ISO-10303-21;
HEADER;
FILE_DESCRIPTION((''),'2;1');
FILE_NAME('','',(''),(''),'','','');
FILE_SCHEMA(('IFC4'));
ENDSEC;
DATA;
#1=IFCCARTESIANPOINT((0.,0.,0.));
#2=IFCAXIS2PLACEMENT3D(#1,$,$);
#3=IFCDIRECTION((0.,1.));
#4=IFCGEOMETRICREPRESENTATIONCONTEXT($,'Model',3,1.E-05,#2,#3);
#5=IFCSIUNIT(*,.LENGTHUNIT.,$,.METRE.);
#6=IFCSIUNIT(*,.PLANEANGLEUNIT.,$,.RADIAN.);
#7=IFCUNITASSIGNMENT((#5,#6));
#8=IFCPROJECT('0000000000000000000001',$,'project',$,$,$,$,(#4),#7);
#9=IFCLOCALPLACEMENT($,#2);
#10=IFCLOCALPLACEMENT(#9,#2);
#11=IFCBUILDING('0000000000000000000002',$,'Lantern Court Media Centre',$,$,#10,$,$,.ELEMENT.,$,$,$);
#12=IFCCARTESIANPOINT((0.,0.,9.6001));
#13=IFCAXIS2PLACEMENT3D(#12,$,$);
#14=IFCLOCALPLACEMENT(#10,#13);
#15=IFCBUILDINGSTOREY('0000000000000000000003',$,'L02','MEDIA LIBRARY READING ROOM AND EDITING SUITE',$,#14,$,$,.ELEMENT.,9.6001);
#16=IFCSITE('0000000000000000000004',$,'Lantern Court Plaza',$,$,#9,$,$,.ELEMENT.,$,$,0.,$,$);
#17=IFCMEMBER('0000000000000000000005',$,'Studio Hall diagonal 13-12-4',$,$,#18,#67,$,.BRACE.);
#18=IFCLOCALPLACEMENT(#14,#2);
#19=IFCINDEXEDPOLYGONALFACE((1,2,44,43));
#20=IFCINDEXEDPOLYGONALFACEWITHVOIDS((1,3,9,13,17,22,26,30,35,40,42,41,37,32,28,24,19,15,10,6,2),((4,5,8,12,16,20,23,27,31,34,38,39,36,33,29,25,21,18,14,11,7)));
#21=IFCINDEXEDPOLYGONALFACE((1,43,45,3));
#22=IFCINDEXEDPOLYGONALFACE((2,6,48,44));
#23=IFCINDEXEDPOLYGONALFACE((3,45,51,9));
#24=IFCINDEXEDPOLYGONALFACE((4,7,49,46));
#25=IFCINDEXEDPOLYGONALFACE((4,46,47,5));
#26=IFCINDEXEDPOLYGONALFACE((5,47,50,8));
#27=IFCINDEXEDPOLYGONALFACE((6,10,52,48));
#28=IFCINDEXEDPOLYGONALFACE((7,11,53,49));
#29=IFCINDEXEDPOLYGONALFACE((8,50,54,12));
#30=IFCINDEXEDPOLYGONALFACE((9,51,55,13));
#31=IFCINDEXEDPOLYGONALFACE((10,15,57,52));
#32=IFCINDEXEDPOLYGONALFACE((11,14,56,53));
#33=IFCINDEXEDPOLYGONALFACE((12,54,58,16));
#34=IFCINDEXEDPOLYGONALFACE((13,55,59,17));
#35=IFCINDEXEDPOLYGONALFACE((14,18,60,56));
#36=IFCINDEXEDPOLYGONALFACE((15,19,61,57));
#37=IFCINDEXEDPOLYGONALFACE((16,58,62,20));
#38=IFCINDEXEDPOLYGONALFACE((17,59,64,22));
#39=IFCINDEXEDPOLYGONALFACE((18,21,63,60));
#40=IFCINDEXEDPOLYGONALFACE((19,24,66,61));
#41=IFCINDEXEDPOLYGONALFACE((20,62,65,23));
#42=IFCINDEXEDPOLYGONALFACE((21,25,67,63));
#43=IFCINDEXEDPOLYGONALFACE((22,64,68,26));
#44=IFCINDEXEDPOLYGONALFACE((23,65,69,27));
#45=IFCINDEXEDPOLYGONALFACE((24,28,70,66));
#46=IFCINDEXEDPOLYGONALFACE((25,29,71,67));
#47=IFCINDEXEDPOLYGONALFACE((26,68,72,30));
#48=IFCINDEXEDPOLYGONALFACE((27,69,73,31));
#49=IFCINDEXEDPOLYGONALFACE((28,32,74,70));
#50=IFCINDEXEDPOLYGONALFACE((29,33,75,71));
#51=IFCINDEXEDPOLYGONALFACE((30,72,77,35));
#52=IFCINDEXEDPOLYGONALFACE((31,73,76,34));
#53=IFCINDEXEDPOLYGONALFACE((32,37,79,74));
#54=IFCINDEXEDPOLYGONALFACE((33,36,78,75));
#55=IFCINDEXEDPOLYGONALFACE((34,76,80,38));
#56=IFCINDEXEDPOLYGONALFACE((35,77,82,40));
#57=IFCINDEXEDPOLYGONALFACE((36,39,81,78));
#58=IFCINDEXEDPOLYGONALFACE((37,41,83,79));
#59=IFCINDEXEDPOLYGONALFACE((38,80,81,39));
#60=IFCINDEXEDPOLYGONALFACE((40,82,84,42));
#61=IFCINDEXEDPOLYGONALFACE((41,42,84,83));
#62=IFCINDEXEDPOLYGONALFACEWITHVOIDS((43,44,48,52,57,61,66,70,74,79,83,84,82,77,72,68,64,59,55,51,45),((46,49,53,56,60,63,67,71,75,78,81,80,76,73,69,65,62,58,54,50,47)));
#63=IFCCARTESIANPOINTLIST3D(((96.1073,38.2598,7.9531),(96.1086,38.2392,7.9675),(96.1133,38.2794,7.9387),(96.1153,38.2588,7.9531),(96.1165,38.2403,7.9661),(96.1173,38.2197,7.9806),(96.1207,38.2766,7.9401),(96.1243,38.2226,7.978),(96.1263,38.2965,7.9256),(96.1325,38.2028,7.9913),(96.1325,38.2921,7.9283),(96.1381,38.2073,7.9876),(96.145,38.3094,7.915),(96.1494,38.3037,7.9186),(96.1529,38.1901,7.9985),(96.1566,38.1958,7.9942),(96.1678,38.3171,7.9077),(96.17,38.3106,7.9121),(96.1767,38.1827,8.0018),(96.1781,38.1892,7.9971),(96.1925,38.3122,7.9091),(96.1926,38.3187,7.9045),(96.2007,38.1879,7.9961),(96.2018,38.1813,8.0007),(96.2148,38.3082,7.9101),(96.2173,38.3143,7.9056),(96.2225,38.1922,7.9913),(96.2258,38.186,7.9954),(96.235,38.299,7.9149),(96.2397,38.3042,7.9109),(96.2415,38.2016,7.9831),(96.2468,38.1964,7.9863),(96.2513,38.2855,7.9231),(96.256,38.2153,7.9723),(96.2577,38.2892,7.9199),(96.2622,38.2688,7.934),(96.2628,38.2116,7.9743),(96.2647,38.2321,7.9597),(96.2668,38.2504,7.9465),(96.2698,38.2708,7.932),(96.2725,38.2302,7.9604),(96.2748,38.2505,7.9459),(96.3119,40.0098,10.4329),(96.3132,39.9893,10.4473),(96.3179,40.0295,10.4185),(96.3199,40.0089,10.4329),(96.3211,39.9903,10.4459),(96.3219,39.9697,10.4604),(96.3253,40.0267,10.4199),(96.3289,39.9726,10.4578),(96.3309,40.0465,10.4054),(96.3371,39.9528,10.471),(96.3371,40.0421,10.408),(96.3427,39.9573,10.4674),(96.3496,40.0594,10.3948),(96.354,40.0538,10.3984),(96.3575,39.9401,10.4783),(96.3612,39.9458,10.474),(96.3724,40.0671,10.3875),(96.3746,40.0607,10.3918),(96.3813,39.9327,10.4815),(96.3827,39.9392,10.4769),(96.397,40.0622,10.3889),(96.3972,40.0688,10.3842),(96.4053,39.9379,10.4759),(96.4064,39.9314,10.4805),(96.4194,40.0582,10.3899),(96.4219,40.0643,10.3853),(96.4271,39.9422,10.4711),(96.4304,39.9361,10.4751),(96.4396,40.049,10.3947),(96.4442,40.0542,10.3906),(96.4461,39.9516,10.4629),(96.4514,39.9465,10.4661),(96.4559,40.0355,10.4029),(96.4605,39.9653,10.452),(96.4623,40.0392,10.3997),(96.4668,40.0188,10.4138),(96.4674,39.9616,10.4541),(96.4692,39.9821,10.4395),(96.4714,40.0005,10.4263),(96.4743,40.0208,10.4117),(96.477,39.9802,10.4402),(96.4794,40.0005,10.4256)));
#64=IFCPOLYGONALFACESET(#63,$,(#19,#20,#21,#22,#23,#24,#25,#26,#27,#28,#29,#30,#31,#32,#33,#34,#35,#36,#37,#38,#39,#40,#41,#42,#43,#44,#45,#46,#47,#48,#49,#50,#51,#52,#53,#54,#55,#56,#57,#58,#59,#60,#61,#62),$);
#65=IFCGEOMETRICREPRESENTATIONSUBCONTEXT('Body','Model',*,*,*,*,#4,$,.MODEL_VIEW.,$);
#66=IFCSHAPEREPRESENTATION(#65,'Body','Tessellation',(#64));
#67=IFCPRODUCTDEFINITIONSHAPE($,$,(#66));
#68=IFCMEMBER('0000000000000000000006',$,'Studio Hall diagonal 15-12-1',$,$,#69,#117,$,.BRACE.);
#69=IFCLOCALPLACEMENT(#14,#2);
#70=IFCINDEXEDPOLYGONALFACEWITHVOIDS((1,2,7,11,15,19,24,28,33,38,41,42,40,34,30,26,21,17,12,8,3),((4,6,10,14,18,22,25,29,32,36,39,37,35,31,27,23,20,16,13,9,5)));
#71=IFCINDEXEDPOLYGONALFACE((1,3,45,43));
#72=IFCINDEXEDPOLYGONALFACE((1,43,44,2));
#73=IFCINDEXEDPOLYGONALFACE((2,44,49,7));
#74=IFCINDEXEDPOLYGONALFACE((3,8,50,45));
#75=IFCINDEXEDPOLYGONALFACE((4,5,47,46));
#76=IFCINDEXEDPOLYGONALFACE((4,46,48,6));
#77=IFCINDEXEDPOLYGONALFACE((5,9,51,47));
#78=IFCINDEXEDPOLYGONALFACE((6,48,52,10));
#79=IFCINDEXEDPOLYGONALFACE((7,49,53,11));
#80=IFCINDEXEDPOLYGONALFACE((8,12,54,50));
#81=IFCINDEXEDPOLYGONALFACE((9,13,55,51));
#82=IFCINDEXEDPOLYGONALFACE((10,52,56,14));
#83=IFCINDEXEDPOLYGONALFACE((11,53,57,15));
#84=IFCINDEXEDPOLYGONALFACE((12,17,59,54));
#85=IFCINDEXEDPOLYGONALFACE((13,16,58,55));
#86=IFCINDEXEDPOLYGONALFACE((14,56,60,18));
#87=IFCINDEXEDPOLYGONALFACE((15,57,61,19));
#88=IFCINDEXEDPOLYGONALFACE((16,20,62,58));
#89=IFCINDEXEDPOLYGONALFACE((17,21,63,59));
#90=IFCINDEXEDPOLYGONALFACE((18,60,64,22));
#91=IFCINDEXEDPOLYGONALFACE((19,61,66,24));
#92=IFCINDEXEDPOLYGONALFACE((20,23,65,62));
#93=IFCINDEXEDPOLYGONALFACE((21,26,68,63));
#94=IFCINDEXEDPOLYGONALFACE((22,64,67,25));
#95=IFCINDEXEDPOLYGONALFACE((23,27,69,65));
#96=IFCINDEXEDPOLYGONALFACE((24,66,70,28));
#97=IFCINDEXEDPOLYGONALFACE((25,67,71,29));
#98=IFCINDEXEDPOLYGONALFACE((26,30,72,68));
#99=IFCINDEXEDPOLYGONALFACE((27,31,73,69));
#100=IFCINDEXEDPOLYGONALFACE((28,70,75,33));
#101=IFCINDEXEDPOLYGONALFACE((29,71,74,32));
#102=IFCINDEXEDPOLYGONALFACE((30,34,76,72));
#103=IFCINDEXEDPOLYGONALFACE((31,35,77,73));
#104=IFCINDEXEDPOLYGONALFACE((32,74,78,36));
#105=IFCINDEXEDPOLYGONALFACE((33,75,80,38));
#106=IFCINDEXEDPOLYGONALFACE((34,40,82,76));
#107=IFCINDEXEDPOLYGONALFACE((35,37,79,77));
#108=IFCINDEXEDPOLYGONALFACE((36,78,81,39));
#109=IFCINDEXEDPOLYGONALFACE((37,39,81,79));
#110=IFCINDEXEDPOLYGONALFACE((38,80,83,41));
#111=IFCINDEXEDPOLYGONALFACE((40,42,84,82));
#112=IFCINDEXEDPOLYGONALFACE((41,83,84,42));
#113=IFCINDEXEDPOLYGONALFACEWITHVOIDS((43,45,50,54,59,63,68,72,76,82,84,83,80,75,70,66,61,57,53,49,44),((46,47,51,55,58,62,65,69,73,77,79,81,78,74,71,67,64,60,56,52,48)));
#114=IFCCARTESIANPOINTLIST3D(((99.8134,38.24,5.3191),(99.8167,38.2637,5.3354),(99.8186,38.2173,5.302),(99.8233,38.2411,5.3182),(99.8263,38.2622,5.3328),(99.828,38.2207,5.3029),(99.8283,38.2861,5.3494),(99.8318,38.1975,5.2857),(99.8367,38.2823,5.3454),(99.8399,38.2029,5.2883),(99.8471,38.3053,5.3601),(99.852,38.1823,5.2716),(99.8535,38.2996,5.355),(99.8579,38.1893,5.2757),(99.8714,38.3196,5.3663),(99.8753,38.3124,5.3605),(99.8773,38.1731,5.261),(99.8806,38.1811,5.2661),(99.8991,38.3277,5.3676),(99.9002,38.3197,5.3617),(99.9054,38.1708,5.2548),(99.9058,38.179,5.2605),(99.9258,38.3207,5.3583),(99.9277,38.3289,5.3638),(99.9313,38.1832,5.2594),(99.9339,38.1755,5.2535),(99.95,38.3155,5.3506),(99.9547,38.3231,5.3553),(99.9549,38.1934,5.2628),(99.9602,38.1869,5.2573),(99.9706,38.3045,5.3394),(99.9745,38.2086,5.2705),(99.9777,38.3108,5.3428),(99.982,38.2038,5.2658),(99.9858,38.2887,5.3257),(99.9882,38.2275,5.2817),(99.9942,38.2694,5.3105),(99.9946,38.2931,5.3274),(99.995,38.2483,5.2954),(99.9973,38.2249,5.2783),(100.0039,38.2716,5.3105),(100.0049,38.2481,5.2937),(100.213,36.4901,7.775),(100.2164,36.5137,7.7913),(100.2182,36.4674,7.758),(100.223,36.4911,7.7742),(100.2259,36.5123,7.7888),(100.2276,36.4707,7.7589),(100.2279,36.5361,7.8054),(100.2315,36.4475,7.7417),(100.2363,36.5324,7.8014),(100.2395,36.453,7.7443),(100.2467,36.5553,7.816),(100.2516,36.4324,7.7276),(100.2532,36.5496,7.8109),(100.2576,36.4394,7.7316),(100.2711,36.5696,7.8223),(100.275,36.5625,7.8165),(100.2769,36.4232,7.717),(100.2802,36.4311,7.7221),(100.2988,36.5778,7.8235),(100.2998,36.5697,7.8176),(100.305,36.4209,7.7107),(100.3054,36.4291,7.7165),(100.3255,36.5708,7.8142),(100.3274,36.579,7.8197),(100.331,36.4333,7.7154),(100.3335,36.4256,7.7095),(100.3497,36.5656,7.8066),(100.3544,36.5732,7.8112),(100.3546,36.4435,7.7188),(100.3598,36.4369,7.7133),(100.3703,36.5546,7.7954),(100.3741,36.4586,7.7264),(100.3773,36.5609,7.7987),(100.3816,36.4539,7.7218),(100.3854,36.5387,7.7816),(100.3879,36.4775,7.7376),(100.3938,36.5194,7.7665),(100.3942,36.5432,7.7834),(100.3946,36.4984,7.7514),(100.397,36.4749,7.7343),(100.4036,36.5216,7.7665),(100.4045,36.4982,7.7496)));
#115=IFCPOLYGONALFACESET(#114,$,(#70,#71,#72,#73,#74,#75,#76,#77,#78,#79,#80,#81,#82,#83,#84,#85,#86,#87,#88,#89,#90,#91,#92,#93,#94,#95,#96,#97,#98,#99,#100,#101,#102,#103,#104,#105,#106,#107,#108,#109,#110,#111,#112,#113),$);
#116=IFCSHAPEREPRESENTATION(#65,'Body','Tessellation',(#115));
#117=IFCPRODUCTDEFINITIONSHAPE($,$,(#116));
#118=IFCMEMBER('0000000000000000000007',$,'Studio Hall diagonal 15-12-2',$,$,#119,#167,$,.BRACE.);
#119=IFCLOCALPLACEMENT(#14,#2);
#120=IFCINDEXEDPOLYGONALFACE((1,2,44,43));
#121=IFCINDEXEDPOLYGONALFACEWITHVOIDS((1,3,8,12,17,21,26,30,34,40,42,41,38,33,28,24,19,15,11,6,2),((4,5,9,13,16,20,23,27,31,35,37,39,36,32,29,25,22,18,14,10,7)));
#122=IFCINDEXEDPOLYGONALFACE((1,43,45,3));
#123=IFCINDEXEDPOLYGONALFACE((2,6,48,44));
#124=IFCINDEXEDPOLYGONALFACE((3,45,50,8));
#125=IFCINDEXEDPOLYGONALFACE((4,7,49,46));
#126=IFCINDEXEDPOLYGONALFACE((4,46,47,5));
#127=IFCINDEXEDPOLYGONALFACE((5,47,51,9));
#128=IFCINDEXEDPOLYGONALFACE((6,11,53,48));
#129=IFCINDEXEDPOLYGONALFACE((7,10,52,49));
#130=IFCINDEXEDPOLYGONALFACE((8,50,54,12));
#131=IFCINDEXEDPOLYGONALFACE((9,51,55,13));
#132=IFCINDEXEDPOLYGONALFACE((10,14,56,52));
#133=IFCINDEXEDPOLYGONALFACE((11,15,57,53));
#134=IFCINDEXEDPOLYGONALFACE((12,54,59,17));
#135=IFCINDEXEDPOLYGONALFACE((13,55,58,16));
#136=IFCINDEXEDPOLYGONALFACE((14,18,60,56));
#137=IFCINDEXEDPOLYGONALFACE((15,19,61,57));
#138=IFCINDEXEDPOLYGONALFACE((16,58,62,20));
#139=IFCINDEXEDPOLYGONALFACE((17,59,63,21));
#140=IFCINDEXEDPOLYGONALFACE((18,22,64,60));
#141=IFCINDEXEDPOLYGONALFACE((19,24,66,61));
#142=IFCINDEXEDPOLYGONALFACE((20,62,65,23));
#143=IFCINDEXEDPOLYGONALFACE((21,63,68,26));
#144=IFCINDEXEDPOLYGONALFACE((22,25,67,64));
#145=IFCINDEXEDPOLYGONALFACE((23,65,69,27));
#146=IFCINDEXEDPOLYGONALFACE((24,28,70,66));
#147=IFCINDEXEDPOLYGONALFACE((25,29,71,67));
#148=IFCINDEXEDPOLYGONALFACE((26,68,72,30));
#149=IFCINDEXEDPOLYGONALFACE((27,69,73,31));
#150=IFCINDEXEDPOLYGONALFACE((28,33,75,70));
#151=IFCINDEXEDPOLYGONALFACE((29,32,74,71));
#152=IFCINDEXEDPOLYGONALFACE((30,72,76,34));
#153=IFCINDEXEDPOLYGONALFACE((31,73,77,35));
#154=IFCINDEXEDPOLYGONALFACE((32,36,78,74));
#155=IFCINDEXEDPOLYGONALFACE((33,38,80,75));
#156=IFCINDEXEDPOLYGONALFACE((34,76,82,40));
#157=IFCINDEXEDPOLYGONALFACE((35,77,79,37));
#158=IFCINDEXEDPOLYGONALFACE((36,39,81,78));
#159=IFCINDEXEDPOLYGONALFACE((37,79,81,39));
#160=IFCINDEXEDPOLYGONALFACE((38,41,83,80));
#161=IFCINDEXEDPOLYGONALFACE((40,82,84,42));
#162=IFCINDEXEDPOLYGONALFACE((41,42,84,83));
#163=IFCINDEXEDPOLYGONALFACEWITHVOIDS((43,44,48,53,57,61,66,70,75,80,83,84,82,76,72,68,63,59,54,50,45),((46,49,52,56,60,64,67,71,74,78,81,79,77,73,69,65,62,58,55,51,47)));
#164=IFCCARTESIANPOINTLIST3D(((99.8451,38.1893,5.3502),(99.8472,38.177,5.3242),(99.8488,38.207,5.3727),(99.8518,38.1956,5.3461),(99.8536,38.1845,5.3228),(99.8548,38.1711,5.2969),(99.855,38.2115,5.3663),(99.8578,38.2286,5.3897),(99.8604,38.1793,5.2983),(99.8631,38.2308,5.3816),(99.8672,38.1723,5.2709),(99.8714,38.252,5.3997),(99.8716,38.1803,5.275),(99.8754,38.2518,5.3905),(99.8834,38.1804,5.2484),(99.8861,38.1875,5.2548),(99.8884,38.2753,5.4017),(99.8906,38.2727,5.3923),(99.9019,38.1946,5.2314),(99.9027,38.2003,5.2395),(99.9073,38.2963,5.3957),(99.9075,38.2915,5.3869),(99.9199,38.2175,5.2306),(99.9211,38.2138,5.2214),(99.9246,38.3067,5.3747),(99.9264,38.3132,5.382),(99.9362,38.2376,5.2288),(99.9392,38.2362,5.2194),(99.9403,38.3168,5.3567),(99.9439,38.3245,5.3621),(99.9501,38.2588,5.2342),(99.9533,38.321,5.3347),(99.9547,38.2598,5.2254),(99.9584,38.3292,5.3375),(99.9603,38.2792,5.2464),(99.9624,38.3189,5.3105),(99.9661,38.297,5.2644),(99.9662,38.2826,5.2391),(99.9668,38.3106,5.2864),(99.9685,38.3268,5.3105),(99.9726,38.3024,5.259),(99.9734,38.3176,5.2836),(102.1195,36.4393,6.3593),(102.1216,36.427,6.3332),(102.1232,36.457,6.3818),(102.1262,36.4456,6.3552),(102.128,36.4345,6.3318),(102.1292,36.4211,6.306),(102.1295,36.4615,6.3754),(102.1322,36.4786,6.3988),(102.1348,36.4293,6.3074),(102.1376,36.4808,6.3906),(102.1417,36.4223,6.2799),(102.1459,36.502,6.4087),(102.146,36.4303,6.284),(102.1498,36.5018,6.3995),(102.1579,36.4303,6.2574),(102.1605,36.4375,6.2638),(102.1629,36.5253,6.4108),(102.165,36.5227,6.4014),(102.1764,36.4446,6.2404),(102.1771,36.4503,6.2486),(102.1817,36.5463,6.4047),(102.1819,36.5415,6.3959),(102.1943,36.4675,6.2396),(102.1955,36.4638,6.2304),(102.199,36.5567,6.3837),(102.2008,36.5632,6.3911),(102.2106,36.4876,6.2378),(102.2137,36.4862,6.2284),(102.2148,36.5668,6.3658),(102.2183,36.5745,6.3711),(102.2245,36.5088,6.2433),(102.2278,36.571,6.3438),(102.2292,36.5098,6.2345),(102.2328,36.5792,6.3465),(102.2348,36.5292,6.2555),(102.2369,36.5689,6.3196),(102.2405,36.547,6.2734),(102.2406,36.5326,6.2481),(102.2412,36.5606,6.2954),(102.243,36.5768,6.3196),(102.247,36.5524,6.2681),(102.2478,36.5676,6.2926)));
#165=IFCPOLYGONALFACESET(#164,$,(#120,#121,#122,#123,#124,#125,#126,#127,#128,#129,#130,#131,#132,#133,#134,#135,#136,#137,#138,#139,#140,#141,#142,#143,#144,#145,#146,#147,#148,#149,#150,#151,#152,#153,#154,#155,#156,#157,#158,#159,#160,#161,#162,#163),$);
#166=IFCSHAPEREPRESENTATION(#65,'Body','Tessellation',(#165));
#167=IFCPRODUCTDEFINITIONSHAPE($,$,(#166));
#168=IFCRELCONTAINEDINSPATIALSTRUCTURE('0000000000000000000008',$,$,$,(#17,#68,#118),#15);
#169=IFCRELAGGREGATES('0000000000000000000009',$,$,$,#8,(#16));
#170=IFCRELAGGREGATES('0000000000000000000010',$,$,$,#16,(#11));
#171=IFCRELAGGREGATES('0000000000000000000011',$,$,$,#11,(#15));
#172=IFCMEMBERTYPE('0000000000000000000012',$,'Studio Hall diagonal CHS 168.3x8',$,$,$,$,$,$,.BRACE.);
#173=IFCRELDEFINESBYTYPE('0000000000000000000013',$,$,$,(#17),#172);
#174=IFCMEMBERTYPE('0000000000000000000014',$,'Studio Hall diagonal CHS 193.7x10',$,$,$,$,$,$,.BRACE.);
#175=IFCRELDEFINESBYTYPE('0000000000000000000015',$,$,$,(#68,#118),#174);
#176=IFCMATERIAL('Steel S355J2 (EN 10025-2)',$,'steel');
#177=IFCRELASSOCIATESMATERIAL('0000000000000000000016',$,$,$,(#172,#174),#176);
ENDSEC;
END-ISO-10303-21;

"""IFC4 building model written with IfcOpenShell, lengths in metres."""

from ifc_helpers import new_model, si_unit, direction, frame, origin, origin_2d, place, context, subcontext, project, spatial, hollow_circle, extrude, material, material_profile, profile_set, type_object, element, save


model = new_model("IFC4")

# Units and contexts
model_context = context("Model", 3, precision=1e-05, world=origin(), true_north=direction((0.0, 1.0)))
body_context = subcontext(model_context, "Body", "Model", "MODEL_VIEW")
ifc_project = project(units=[si_unit("LENGTHUNIT", "METRE"), si_unit("PLANEANGLEUNIT", "RADIAN")], contexts=[model_context])

# Site, building, storey
site_placement = place(None, origin())
site = spatial("IfcSite", under=ifc_project, at=site_placement, Name="Lantern Court Plaza", CompositionType="ELEMENT", RefElevation=0.0)
building_placement = place(site_placement, origin())
building = spatial("IfcBuilding", under=site, at=building_placement, Name="Lantern Court Media Centre", CompositionType="ELEMENT")
storey_placement = place(building_placement, frame((0.0, 0.0, 9.6001)))
storey = spatial("IfcBuildingStorey", under=building, at=storey_placement, Name="L02", Description="MEDIA LIBRARY READING ROOM AND EDITING SUITE", CompositionType="ELEMENT", Elevation=9.6001)

# Members
ifc_material = material(Name="Steel S355J2 (EN 10025-2)", Category="steel")
ifc_material_profile_1 = material_profile(ifc_material, hollow_circle(Radius=0.0842, WallThickness=0.0081, at=origin_2d()), Name="Studio Hall diagonal CHS 168.3x8")
ifc_profile_set_1 = profile_set([ifc_material_profile_1], Name="Steel S355J2 (EN 10025-2)")
member_type_1 = type_object("IfcMemberType", Name="Studio Hall diagonal CHS 168.3x8", PredefinedType="BRACE", material=ifc_profile_set_1)
for number, where, z_axis, x_axis, name in (
    (1, (96.1909, 38.25, 7.9531), (0.067256, 0.575289, 0.81518), (-0.993235, 0.116118, 0.0), "Studio Hall diagonal 13-12-4"),
):
    element("IfcMember", number, at=place(storey_placement, frame(where, z_axis=z_axis, x_axis=x_axis)), inside=storey, type_object=member_type_1, Name=name, PredefinedType="BRACE", context=body_context, shape_type="SweptSolid", body=[
        extrude(hollow_circle(Radius=0.0842, WallThickness=0.0081, at=origin_2d()), origin(), (0.0, 0.0, 1.0), 3.042),
    ])
ifc_material_profile_2 = material_profile(ifc_material, hollow_circle(Radius=0.0969, WallThickness=0.01, at=origin_2d()), Name="Studio Hall diagonal CHS 193.7x10")
ifc_profile_set_2 = profile_set([ifc_material_profile_2], Name="Steel S355J2 (EN 10025-2)")
member_type_2 = type_object("IfcMemberType", Name="Studio Hall diagonal CHS 193.7x10", PredefinedType="BRACE", material=ifc_profile_set_2)
for number, where, z_axis, x_axis, name in (
    (2, (99.9094, 38.25, 5.3105), (0.131375, -0.575259, 0.807352), (0.9749, 0.222644, 0.0), "Studio Hall diagonal 15-12-1"),
    (3, (99.9094, 38.25, 5.3105), (0.747677, -0.575284, 0.331703), (0.609809, 0.792548, 0.0), "Studio Hall diagonal 15-12-2"),
):
    element("IfcMember", number, at=place(storey_placement, frame(where, z_axis=z_axis, x_axis=x_axis)), inside=storey, type_object=member_type_2, Name=name, PredefinedType="BRACE", context=body_context, shape_type="SweptSolid", body=[
        extrude(hollow_circle(Radius=0.0969, WallThickness=0.01, at=origin_2d()), origin(), (0.0, 0.0, 1.0), 3.042),
    ])

save(model, "model.ifc")
